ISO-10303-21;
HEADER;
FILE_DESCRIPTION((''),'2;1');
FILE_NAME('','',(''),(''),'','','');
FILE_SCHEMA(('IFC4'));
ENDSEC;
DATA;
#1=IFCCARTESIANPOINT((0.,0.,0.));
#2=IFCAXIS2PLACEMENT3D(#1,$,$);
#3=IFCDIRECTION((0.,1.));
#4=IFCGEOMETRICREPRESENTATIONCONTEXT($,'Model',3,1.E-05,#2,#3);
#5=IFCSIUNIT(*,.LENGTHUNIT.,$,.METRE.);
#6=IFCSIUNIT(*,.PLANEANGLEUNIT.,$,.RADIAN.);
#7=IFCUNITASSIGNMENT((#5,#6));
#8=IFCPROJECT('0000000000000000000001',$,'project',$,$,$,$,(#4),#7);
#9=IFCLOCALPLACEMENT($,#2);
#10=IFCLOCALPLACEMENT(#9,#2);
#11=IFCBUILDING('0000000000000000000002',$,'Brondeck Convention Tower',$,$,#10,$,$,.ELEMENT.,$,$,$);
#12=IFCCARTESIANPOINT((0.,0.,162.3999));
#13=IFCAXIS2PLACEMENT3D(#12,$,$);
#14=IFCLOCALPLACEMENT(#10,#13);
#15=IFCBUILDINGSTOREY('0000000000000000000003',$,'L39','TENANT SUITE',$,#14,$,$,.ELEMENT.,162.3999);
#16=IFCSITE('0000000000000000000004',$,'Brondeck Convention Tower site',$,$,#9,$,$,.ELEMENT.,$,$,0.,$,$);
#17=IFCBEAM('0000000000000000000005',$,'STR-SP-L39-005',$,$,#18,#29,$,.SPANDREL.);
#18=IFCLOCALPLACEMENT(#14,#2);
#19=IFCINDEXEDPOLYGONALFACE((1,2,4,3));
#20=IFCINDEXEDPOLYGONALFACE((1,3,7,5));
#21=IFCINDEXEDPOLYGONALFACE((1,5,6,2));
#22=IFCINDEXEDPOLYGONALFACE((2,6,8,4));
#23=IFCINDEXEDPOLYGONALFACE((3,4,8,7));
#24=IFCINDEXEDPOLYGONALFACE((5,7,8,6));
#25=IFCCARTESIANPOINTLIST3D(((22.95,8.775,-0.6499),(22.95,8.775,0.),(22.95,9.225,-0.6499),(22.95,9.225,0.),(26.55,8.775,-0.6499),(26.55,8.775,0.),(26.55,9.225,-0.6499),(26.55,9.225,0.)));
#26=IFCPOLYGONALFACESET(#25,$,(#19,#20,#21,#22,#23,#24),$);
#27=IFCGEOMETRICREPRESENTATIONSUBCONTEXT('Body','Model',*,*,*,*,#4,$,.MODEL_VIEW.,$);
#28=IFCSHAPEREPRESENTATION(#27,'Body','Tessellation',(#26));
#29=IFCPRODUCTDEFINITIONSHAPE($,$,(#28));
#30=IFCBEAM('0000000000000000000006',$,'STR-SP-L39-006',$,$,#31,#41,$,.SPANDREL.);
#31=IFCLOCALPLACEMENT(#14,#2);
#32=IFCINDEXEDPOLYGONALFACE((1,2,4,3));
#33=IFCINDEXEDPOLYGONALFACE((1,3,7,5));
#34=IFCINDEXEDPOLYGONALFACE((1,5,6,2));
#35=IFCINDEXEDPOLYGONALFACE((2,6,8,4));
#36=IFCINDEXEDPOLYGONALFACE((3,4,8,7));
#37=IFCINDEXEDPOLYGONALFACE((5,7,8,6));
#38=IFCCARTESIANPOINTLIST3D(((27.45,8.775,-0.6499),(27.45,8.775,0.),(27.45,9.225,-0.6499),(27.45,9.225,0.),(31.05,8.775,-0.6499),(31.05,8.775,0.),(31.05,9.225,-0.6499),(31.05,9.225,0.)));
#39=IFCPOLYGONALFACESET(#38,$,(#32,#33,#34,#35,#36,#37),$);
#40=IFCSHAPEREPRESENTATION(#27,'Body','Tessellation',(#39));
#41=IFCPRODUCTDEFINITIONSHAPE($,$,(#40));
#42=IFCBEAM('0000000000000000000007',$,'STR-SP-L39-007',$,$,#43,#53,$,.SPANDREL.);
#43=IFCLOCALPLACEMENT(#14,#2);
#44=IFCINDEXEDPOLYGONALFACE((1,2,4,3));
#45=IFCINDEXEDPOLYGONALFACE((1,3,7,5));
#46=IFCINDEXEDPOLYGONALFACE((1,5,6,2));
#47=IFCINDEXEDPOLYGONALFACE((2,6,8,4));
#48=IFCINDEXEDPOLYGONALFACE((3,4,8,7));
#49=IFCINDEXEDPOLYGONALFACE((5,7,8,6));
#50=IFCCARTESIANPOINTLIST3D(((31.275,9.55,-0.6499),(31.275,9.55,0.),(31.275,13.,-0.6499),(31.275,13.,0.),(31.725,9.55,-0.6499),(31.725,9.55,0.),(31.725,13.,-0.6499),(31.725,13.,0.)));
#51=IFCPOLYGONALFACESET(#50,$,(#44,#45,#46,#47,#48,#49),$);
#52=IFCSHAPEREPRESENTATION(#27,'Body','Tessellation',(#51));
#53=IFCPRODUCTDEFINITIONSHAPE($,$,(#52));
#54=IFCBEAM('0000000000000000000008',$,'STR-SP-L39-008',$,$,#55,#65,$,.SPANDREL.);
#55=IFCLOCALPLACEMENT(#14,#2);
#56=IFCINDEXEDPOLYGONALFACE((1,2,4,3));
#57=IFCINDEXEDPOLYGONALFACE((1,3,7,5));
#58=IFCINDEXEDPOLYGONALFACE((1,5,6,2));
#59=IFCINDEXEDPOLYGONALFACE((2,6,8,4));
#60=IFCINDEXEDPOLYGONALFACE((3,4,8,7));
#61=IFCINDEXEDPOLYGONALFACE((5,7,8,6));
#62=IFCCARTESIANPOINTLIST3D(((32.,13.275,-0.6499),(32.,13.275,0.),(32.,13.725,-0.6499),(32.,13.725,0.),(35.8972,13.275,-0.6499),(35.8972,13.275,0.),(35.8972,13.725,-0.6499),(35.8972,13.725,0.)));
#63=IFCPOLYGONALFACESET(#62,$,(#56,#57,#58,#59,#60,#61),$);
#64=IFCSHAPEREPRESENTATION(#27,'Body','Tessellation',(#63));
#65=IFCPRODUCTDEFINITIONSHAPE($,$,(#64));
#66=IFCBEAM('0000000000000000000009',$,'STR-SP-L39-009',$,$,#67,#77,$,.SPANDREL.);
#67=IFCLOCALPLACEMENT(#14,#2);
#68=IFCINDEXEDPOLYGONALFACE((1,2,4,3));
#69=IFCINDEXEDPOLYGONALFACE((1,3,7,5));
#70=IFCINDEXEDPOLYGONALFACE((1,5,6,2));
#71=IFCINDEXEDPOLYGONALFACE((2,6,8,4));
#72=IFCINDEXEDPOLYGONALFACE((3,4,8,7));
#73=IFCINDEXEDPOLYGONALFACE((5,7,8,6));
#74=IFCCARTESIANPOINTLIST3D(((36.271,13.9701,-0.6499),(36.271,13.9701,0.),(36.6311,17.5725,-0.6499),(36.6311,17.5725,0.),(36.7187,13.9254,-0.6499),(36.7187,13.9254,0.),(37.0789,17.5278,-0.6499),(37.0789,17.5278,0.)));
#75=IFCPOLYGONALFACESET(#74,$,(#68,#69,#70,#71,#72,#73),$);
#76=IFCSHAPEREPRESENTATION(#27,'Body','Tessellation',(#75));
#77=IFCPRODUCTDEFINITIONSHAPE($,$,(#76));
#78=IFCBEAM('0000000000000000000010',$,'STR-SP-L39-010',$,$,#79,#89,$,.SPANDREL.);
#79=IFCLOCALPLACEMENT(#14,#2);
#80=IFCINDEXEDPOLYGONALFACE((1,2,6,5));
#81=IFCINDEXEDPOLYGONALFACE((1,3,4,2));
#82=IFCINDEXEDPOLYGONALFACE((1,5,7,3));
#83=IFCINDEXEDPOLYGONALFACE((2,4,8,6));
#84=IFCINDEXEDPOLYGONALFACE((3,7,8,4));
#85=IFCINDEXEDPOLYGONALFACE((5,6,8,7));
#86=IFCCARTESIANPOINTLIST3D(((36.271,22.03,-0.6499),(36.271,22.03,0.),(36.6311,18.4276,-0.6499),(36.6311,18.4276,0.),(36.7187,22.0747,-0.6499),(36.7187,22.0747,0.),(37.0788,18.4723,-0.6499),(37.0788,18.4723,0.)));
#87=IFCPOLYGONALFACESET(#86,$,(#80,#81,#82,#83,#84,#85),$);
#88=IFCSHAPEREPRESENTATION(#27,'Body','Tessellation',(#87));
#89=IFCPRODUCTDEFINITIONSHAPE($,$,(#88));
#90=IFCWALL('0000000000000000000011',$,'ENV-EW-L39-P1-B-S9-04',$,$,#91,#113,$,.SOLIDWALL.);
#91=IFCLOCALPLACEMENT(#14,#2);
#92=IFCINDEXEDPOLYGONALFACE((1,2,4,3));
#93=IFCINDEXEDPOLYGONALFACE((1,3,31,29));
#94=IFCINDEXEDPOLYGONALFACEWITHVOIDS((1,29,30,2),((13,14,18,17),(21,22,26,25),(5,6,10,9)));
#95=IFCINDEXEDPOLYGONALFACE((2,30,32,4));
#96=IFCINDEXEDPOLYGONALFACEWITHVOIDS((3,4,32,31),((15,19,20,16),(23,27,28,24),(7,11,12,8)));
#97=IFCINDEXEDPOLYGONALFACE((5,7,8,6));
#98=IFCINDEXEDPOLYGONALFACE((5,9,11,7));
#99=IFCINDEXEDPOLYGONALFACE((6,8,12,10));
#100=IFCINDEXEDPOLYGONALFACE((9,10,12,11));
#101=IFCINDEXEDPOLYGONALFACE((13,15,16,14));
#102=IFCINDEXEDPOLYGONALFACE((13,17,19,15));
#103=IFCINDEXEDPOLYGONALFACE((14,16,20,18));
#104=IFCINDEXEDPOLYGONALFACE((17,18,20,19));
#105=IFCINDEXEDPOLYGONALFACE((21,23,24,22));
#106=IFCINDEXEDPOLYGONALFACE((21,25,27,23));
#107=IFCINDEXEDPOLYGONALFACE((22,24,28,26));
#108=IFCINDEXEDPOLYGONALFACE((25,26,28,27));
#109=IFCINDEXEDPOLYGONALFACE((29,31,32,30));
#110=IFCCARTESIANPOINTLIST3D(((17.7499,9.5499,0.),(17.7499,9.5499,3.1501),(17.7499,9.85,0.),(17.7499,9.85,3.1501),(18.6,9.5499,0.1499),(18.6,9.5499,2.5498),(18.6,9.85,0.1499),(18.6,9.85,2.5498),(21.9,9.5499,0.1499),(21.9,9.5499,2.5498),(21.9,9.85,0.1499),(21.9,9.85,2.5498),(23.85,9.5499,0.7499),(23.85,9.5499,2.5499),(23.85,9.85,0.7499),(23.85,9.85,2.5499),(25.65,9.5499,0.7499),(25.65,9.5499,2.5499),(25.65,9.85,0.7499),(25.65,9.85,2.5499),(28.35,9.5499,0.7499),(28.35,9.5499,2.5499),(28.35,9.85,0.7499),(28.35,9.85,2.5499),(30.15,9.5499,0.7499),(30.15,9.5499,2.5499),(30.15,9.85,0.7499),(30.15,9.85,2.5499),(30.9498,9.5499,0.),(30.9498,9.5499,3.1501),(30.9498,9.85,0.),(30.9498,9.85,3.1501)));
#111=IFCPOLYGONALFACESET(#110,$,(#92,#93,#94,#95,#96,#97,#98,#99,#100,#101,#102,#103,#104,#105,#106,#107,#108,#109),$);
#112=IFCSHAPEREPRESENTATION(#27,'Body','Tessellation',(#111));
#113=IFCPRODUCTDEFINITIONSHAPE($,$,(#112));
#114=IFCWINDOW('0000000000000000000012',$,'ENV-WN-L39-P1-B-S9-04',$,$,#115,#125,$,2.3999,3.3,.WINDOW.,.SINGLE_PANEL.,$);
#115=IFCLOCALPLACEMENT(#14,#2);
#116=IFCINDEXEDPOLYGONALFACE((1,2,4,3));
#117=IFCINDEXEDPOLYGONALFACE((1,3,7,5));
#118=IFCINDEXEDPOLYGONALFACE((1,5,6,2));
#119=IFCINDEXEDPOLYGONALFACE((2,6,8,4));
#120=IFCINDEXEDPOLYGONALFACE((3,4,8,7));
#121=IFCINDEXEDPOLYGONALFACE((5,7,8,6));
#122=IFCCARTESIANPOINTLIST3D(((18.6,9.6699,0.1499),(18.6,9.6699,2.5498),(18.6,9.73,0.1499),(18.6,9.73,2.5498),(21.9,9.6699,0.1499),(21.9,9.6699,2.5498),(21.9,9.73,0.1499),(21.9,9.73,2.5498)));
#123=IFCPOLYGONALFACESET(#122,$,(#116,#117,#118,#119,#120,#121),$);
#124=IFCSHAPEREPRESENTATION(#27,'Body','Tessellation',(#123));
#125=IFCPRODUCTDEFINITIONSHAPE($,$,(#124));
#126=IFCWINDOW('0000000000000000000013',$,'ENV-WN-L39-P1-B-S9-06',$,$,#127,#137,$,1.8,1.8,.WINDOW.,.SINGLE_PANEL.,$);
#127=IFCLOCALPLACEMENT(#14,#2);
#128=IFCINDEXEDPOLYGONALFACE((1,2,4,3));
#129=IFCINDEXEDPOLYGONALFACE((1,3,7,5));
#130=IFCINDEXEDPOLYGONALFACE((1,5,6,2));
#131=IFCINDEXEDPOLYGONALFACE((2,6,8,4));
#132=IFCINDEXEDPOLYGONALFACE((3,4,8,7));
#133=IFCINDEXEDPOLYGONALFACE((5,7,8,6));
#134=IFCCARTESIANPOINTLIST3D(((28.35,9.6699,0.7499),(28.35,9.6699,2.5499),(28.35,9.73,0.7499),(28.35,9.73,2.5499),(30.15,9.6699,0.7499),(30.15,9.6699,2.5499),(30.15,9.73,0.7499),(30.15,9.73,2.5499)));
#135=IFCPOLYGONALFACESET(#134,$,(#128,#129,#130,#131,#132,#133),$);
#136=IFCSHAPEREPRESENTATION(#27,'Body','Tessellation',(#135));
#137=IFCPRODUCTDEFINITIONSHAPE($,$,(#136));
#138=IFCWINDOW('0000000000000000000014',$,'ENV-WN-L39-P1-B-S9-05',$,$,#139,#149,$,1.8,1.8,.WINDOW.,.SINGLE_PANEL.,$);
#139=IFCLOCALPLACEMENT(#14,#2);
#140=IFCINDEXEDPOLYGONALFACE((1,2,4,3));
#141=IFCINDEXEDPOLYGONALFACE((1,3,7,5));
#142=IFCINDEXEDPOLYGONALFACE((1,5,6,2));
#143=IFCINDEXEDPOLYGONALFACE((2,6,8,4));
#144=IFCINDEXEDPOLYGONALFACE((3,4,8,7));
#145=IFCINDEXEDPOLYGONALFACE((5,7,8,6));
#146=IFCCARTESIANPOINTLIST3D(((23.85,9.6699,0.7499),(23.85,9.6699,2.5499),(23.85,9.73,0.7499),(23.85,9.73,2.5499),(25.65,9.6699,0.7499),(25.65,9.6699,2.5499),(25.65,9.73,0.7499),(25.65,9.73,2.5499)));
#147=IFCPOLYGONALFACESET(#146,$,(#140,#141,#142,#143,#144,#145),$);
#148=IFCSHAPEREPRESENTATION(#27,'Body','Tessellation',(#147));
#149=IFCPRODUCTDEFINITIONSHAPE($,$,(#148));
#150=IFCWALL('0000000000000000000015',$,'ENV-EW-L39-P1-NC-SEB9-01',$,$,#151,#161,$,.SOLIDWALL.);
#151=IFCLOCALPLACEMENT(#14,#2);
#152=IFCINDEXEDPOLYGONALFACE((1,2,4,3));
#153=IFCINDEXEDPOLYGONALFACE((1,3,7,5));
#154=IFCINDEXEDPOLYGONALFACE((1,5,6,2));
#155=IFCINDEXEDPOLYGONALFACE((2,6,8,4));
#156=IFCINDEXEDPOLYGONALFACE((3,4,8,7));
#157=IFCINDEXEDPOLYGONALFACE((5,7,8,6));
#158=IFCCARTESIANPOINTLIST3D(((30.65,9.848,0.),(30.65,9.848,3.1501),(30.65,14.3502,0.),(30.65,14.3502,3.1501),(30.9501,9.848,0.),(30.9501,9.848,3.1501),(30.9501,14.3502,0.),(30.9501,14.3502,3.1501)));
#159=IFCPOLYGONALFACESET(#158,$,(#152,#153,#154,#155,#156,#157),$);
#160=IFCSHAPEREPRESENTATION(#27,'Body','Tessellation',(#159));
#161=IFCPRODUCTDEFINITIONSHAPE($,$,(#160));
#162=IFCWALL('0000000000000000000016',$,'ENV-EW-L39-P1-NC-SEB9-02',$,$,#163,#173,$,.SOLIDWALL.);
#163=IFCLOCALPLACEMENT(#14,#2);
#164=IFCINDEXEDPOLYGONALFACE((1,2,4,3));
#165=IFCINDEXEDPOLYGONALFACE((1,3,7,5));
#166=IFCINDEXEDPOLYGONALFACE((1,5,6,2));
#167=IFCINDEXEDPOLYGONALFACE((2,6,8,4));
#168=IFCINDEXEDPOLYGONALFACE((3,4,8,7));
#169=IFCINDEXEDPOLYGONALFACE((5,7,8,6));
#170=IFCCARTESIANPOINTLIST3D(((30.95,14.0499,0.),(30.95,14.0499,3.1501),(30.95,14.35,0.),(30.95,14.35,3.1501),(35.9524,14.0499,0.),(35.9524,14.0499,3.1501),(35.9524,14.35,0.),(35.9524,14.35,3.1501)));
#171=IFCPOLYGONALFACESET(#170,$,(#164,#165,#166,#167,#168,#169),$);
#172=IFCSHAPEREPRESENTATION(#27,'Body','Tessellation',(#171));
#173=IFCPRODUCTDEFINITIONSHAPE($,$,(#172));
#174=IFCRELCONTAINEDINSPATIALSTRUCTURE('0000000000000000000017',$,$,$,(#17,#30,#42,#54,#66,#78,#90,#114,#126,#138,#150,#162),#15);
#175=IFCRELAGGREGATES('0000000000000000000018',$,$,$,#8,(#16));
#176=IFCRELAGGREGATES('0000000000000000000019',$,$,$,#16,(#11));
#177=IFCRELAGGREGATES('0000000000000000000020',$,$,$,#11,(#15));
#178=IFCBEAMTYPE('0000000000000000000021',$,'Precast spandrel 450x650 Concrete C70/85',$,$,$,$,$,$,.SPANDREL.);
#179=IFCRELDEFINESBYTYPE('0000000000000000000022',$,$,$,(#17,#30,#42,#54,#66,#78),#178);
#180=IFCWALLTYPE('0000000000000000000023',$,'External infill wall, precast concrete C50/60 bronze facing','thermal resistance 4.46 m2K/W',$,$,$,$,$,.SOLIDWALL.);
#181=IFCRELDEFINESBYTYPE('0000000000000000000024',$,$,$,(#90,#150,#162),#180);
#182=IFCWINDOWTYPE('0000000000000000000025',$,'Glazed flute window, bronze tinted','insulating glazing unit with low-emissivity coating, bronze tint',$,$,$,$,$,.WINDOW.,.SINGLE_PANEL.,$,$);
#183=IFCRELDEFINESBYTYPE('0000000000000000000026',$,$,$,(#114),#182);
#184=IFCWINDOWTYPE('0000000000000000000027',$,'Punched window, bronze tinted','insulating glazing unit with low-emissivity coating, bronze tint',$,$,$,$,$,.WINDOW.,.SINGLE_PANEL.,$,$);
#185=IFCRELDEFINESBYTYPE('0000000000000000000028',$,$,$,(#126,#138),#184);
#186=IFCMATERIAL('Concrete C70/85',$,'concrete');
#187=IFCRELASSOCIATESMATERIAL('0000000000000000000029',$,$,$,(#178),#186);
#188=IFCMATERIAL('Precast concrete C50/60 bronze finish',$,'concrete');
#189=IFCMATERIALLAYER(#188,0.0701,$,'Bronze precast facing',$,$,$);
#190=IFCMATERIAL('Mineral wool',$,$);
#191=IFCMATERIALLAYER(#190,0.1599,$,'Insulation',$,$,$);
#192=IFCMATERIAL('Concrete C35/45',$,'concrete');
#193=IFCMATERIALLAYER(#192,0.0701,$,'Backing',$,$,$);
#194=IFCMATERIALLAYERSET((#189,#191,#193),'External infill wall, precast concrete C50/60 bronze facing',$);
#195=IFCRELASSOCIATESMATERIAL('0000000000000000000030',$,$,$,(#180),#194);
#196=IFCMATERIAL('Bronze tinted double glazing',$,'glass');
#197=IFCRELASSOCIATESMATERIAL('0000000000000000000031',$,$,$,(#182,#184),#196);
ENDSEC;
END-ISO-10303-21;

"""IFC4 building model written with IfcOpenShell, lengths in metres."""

from ifc_helpers import new_model, si_unit, direction, frame, frame_2d, origin, origin_2d, place, context, subcontext, project, spatial, rectangle, extrude, material, layer, layer_set, material_profile, profile_set, type_object, element, fill, save


model = new_model("IFC4")

# Units and contexts
model_context = context("Model", 3, precision=1e-05, world=origin(), true_north=direction((0.0, 1.0)))
body_context = subcontext(model_context, "Body", "Model", "MODEL_VIEW")
ifc_project = project(units=[si_unit("LENGTHUNIT", "METRE"), si_unit("PLANEANGLEUNIT", "RADIAN")], contexts=[model_context])

# Site, building, storey
site_placement = place(None, origin())
site = spatial("IfcSite", under=ifc_project, at=site_placement, Name="Brondeck Convention Tower site", CompositionType="ELEMENT", RefElevation=0.0)
building_placement = place(site_placement, origin())
building = spatial("IfcBuilding", under=site, at=building_placement, Name="Brondeck Convention Tower", CompositionType="ELEMENT")
storey_placement = place(building_placement, frame((0.0, 0.0, 162.3999)))
storey = spatial("IfcBuildingStorey", under=building, at=storey_placement, Name="L39", Description="TENANT SUITE", CompositionType="ELEMENT", Elevation=162.3999)

# Shared definitions
ifc_material_1 = material(Name="Concrete C70/85", Category="concrete")

# Beams
ifc_material_profile_1 = material_profile(ifc_material_1, rectangle(XDim=0.45, YDim=0.6499, at=origin_2d()), Name="Precast spandrel 450x650 Concrete C70/85")
ifc_profile_set_1 = profile_set([ifc_material_profile_1], Name="Concrete C70/85")
beam_type_1 = type_object("IfcBeamType", Name="Precast spandrel 450x650 Concrete C70/85", PredefinedType="SPANDREL", material=ifc_profile_set_1)
for number, where, z_axis, x_axis, name in (
    (1, (22.95, 9.0, -0.325), (1.0, 0.0, 0.0), (0.0, 1.0, 0.0), "STR-SP-L39-005"),
    (2, (27.45, 9.0, -0.325), (1.0, 0.0, 0.0), (0.0, 1.0, 0.0), "STR-SP-L39-006"),
):
    element("IfcBeam", number, at=place(storey_placement, frame(where, z_axis=z_axis, x_axis=x_axis)), inside=storey, type_object=beam_type_1, Name=name, PredefinedType="SPANDREL", context=body_context, shape_type="SweptSolid", body=[
        extrude(rectangle(XDim=0.45, YDim=0.6499, at=origin_2d()), origin(), (0.0, 0.0, 1.0), 3.6001),
    ])
beam_1_placement = place(storey_placement, frame((31.5, 9.55, -0.325), z_axis=(0.0, 1.0, 0.0), x_axis=(-1.0, 0.0, 0.0)))
element("IfcBeam", 3, at=beam_1_placement, inside=storey, type_object=beam_type_1, Name="STR-SP-L39-007", PredefinedType="SPANDREL", context=body_context, shape_type="SweptSolid", body=[
    extrude(rectangle(XDim=0.45, YDim=0.6499, at=origin_2d()), origin(), (0.0, 0.0, 1.0), 3.45),
])
beam_2_placement = place(storey_placement, frame((32.0, 13.5, -0.325), z_axis=(1.0, 0.0, 0.0), x_axis=(0.0, 1.0, 0.0)))
element("IfcBeam", 4, at=beam_2_placement, inside=storey, type_object=beam_type_1, Name="STR-SP-L39-008", PredefinedType="SPANDREL", context=body_context, shape_type="SweptSolid", body=[
    extrude(rectangle(XDim=0.45, YDim=0.6499, at=origin_2d()), origin(), (0.0, 0.0, 1.0), 3.8972),
])
for number, where, z_axis, x_axis, name in (
    (5, (36.4949, 13.9478, -0.325), (0.09947, 0.995041, 0.0), (-0.995041, 0.09947, 0.0), "STR-SP-L39-009"),
    (6, (36.855, 18.45, -0.325), (-0.09947, 0.995041, 0.0), (-0.995041, -0.09947, 0.0), "STR-SP-L39-010"),
):
    element("IfcBeam", number, at=place(storey_placement, frame(where, z_axis=z_axis, x_axis=x_axis)), inside=storey, type_object=beam_type_1, Name=name, PredefinedType="SPANDREL", context=body_context, shape_type="SweptSolid", body=[
        extrude(rectangle(XDim=0.45, YDim=0.6499, at=origin_2d()), origin(), (0.0, 0.0, 1.0), 3.6204),
    ])

# Wall, openings, windows
ifc_material_2 = material(Name="Precast concrete C50/60 bronze finish", Category="concrete")
ifc_layer_1 = layer(ifc_material_2, 0.0701, Name="Bronze precast facing")
ifc_material_3 = material(Name="Mineral wool")
ifc_layer_2 = layer(ifc_material_3, 0.1599, Name="Insulation")
ifc_material_4 = material(Name="Concrete C35/45", Category="concrete")
ifc_layer_3 = layer(ifc_material_4, 0.0701, Name="Backing")
ifc_layer_set_1 = layer_set([ifc_layer_1, ifc_layer_2, ifc_layer_3], Name="External infill wall, precast concrete C50/60 bronze facing")
wall_type_1 = type_object("IfcWallType", Name="External infill wall, precast concrete C50/60 bronze facing", Description="thermal resistance 4.46 m2K/W", PredefinedType="SOLIDWALL", material=ifc_layer_set_1)
wall_1_placement = place(storey_placement, frame((30.95, 9.7, 0.0), z_axis=(0.0, 0.0, 1.0), x_axis=(-1.0, 0.0, 0.0)))
wall_1 = element("IfcWall", 7, at=wall_1_placement, inside=storey, type_object=wall_type_1, Name="ENV-EW-L39-P1-B-S9-04", PredefinedType="SOLIDWALL", context=body_context, shape_type="SweptSolid", body=[
    extrude(rectangle(XDim=13.2, YDim=0.3, at=frame_2d((6.6001, 0.0))), origin(), (0.0, 0.0, 1.0), 3.1501),
])
opening_1_placement = place(wall_1_placement, frame((0.8, 0.0, 0.75)))
opening_1 = element("IfcOpeningElement", 8, at=opening_1_placement, cuts=wall_1, PredefinedType="OPENING", context=body_context, shape_type="SweptSolid", body=[
    extrude(rectangle(XDim=1.8, YDim=1.8, at=frame_2d((0.8999, 0.8999))), frame((0.0, 0.1599, 0.0), z_axis=(0.0, -1.0, 0.0), x_axis=(1.0, 0.0, 0.0)), (0.0, 0.0, 1.0), 0.3201),
])
opening_2_placement = place(wall_1_placement, frame((5.3, 0.0, 0.75)))
opening_2 = element("IfcOpeningElement", 9, at=opening_2_placement, cuts=wall_1, PredefinedType="OPENING", context=body_context, shape_type="SweptSolid", body=[
    extrude(rectangle(XDim=1.8, YDim=1.8, at=frame_2d((0.8999, 0.8999))), frame((0.0, 0.1599, 0.0), z_axis=(0.0, -1.0, 0.0), x_axis=(1.0, 0.0, 0.0)), (0.0, 0.0, 1.0), 0.3201),
])
opening_3_placement = place(wall_1_placement, frame((9.05, 0.0, 0.1499)))
opening_3 = element("IfcOpeningElement", 10, at=opening_3_placement, cuts=wall_1, PredefinedType="OPENING", context=body_context, shape_type="SweptSolid", body=[
    extrude(rectangle(XDim=3.3, YDim=2.3999, at=frame_2d((1.6499, 1.2))), frame((0.0, 0.1599, 0.0), z_axis=(0.0, -1.0, 0.0), x_axis=(1.0, 0.0, 0.0)), (0.0, 0.0, 1.0), 0.3201),
])
ifc_material_5 = material(Name="Bronze tinted double glazing", Category="glass")
window_type_1 = type_object("IfcWindowType", Name="Glazed flute window, bronze tinted", Description="insulating glazing unit with low-emissivity coating, bronze tint", PartitioningType="SINGLE_PANEL", PredefinedType="WINDOW", material=ifc_material_5)
window_1_placement = place(opening_3_placement, origin())
window_1 = element("IfcWindow", 11, at=window_1_placement, inside=storey, type_object=window_type_1, Name="ENV-WN-L39-P1-B-S9-04", OverallHeight=2.3999, OverallWidth=3.3, PartitioningType="SINGLE_PANEL", PredefinedType="WINDOW", context=body_context, shape_type="SweptSolid", body=[
    extrude(rectangle(XDim=3.3, YDim=2.3999, at=frame_2d((1.6499, 1.2))), frame((0.0, 0.03, 0.0), z_axis=(0.0, -1.0, 0.0), x_axis=(1.0, 0.0, 0.0)), (0.0, 0.0, 1.0), 0.0601),
])
fill(opening_3, window_1)
window_type_2 = type_object("IfcWindowType", Name="Punched window, bronze tinted", Description="insulating glazing unit with low-emissivity coating, bronze tint", PartitioningType="SINGLE_PANEL", PredefinedType="WINDOW", material=ifc_material_5)
window_2_placement = place(opening_1_placement, origin())
window_2 = element("IfcWindow", 12, at=window_2_placement, inside=storey, type_object=window_type_2, Name="ENV-WN-L39-P1-B-S9-06", OverallHeight=1.8, OverallWidth=1.8, PartitioningType="SINGLE_PANEL", PredefinedType="WINDOW", context=body_context, shape_type="SweptSolid", body=[
    extrude(rectangle(XDim=1.8, YDim=1.8, at=frame_2d((0.8999, 0.8999))), frame((0.0, 0.03, 0.0), z_axis=(0.0, -1.0, 0.0), x_axis=(1.0, 0.0, 0.0)), (0.0, 0.0, 1.0), 0.0601),
])
fill(opening_1, window_2)
window_3_placement = place(opening_2_placement, origin())
window_3 = element("IfcWindow", 13, at=window_3_placement, inside=storey, type_object=window_type_2, Name="ENV-WN-L39-P1-B-S9-05", OverallHeight=1.8, OverallWidth=1.8, PartitioningType="SINGLE_PANEL", PredefinedType="WINDOW", context=body_context, shape_type="SweptSolid", body=[
    extrude(rectangle(XDim=1.8, YDim=1.8, at=frame_2d((0.8999, 0.8999))), frame((0.0, 0.03, 0.0), z_axis=(0.0, -1.0, 0.0), x_axis=(1.0, 0.0, 0.0)), (0.0, 0.0, 1.0), 0.0601),
])
fill(opening_2, window_3)

# Walls
wall_2_placement = place(storey_placement, frame((30.8, 14.3501, 0.0), z_axis=(0.0, 0.0, 1.0), x_axis=(0.0, -1.0, 0.0)))
element("IfcWall", 14, at=wall_2_placement, inside=storey, type_object=wall_type_1, Name="ENV-EW-L39-P1-NC-SEB9-01", PredefinedType="SOLIDWALL", context=body_context, shape_type="SweptSolid", body=[
    extrude(rectangle(XDim=4.5022, YDim=0.3, at=frame_2d((2.251, 0.0))), origin(), (0.0, 0.0, 1.0), 3.1501),
])
wall_3_placement = place(storey_placement, frame((35.9524, 14.2, 0.0), z_axis=(0.0, 0.0, 1.0), x_axis=(-1.0, 0.0, 0.0)))
element("IfcWall", 15, at=wall_3_placement, inside=storey, type_object=wall_type_1, Name="ENV-EW-L39-P1-NC-SEB9-02", PredefinedType="SOLIDWALL", context=body_context, shape_type="SweptSolid", body=[
    extrude(rectangle(XDim=5.0024, YDim=0.3, at=frame_2d((2.5012, 0.0))), origin(), (0.0, 0.0, 1.0), 3.1501),
])

save(model, "model.ifc")
